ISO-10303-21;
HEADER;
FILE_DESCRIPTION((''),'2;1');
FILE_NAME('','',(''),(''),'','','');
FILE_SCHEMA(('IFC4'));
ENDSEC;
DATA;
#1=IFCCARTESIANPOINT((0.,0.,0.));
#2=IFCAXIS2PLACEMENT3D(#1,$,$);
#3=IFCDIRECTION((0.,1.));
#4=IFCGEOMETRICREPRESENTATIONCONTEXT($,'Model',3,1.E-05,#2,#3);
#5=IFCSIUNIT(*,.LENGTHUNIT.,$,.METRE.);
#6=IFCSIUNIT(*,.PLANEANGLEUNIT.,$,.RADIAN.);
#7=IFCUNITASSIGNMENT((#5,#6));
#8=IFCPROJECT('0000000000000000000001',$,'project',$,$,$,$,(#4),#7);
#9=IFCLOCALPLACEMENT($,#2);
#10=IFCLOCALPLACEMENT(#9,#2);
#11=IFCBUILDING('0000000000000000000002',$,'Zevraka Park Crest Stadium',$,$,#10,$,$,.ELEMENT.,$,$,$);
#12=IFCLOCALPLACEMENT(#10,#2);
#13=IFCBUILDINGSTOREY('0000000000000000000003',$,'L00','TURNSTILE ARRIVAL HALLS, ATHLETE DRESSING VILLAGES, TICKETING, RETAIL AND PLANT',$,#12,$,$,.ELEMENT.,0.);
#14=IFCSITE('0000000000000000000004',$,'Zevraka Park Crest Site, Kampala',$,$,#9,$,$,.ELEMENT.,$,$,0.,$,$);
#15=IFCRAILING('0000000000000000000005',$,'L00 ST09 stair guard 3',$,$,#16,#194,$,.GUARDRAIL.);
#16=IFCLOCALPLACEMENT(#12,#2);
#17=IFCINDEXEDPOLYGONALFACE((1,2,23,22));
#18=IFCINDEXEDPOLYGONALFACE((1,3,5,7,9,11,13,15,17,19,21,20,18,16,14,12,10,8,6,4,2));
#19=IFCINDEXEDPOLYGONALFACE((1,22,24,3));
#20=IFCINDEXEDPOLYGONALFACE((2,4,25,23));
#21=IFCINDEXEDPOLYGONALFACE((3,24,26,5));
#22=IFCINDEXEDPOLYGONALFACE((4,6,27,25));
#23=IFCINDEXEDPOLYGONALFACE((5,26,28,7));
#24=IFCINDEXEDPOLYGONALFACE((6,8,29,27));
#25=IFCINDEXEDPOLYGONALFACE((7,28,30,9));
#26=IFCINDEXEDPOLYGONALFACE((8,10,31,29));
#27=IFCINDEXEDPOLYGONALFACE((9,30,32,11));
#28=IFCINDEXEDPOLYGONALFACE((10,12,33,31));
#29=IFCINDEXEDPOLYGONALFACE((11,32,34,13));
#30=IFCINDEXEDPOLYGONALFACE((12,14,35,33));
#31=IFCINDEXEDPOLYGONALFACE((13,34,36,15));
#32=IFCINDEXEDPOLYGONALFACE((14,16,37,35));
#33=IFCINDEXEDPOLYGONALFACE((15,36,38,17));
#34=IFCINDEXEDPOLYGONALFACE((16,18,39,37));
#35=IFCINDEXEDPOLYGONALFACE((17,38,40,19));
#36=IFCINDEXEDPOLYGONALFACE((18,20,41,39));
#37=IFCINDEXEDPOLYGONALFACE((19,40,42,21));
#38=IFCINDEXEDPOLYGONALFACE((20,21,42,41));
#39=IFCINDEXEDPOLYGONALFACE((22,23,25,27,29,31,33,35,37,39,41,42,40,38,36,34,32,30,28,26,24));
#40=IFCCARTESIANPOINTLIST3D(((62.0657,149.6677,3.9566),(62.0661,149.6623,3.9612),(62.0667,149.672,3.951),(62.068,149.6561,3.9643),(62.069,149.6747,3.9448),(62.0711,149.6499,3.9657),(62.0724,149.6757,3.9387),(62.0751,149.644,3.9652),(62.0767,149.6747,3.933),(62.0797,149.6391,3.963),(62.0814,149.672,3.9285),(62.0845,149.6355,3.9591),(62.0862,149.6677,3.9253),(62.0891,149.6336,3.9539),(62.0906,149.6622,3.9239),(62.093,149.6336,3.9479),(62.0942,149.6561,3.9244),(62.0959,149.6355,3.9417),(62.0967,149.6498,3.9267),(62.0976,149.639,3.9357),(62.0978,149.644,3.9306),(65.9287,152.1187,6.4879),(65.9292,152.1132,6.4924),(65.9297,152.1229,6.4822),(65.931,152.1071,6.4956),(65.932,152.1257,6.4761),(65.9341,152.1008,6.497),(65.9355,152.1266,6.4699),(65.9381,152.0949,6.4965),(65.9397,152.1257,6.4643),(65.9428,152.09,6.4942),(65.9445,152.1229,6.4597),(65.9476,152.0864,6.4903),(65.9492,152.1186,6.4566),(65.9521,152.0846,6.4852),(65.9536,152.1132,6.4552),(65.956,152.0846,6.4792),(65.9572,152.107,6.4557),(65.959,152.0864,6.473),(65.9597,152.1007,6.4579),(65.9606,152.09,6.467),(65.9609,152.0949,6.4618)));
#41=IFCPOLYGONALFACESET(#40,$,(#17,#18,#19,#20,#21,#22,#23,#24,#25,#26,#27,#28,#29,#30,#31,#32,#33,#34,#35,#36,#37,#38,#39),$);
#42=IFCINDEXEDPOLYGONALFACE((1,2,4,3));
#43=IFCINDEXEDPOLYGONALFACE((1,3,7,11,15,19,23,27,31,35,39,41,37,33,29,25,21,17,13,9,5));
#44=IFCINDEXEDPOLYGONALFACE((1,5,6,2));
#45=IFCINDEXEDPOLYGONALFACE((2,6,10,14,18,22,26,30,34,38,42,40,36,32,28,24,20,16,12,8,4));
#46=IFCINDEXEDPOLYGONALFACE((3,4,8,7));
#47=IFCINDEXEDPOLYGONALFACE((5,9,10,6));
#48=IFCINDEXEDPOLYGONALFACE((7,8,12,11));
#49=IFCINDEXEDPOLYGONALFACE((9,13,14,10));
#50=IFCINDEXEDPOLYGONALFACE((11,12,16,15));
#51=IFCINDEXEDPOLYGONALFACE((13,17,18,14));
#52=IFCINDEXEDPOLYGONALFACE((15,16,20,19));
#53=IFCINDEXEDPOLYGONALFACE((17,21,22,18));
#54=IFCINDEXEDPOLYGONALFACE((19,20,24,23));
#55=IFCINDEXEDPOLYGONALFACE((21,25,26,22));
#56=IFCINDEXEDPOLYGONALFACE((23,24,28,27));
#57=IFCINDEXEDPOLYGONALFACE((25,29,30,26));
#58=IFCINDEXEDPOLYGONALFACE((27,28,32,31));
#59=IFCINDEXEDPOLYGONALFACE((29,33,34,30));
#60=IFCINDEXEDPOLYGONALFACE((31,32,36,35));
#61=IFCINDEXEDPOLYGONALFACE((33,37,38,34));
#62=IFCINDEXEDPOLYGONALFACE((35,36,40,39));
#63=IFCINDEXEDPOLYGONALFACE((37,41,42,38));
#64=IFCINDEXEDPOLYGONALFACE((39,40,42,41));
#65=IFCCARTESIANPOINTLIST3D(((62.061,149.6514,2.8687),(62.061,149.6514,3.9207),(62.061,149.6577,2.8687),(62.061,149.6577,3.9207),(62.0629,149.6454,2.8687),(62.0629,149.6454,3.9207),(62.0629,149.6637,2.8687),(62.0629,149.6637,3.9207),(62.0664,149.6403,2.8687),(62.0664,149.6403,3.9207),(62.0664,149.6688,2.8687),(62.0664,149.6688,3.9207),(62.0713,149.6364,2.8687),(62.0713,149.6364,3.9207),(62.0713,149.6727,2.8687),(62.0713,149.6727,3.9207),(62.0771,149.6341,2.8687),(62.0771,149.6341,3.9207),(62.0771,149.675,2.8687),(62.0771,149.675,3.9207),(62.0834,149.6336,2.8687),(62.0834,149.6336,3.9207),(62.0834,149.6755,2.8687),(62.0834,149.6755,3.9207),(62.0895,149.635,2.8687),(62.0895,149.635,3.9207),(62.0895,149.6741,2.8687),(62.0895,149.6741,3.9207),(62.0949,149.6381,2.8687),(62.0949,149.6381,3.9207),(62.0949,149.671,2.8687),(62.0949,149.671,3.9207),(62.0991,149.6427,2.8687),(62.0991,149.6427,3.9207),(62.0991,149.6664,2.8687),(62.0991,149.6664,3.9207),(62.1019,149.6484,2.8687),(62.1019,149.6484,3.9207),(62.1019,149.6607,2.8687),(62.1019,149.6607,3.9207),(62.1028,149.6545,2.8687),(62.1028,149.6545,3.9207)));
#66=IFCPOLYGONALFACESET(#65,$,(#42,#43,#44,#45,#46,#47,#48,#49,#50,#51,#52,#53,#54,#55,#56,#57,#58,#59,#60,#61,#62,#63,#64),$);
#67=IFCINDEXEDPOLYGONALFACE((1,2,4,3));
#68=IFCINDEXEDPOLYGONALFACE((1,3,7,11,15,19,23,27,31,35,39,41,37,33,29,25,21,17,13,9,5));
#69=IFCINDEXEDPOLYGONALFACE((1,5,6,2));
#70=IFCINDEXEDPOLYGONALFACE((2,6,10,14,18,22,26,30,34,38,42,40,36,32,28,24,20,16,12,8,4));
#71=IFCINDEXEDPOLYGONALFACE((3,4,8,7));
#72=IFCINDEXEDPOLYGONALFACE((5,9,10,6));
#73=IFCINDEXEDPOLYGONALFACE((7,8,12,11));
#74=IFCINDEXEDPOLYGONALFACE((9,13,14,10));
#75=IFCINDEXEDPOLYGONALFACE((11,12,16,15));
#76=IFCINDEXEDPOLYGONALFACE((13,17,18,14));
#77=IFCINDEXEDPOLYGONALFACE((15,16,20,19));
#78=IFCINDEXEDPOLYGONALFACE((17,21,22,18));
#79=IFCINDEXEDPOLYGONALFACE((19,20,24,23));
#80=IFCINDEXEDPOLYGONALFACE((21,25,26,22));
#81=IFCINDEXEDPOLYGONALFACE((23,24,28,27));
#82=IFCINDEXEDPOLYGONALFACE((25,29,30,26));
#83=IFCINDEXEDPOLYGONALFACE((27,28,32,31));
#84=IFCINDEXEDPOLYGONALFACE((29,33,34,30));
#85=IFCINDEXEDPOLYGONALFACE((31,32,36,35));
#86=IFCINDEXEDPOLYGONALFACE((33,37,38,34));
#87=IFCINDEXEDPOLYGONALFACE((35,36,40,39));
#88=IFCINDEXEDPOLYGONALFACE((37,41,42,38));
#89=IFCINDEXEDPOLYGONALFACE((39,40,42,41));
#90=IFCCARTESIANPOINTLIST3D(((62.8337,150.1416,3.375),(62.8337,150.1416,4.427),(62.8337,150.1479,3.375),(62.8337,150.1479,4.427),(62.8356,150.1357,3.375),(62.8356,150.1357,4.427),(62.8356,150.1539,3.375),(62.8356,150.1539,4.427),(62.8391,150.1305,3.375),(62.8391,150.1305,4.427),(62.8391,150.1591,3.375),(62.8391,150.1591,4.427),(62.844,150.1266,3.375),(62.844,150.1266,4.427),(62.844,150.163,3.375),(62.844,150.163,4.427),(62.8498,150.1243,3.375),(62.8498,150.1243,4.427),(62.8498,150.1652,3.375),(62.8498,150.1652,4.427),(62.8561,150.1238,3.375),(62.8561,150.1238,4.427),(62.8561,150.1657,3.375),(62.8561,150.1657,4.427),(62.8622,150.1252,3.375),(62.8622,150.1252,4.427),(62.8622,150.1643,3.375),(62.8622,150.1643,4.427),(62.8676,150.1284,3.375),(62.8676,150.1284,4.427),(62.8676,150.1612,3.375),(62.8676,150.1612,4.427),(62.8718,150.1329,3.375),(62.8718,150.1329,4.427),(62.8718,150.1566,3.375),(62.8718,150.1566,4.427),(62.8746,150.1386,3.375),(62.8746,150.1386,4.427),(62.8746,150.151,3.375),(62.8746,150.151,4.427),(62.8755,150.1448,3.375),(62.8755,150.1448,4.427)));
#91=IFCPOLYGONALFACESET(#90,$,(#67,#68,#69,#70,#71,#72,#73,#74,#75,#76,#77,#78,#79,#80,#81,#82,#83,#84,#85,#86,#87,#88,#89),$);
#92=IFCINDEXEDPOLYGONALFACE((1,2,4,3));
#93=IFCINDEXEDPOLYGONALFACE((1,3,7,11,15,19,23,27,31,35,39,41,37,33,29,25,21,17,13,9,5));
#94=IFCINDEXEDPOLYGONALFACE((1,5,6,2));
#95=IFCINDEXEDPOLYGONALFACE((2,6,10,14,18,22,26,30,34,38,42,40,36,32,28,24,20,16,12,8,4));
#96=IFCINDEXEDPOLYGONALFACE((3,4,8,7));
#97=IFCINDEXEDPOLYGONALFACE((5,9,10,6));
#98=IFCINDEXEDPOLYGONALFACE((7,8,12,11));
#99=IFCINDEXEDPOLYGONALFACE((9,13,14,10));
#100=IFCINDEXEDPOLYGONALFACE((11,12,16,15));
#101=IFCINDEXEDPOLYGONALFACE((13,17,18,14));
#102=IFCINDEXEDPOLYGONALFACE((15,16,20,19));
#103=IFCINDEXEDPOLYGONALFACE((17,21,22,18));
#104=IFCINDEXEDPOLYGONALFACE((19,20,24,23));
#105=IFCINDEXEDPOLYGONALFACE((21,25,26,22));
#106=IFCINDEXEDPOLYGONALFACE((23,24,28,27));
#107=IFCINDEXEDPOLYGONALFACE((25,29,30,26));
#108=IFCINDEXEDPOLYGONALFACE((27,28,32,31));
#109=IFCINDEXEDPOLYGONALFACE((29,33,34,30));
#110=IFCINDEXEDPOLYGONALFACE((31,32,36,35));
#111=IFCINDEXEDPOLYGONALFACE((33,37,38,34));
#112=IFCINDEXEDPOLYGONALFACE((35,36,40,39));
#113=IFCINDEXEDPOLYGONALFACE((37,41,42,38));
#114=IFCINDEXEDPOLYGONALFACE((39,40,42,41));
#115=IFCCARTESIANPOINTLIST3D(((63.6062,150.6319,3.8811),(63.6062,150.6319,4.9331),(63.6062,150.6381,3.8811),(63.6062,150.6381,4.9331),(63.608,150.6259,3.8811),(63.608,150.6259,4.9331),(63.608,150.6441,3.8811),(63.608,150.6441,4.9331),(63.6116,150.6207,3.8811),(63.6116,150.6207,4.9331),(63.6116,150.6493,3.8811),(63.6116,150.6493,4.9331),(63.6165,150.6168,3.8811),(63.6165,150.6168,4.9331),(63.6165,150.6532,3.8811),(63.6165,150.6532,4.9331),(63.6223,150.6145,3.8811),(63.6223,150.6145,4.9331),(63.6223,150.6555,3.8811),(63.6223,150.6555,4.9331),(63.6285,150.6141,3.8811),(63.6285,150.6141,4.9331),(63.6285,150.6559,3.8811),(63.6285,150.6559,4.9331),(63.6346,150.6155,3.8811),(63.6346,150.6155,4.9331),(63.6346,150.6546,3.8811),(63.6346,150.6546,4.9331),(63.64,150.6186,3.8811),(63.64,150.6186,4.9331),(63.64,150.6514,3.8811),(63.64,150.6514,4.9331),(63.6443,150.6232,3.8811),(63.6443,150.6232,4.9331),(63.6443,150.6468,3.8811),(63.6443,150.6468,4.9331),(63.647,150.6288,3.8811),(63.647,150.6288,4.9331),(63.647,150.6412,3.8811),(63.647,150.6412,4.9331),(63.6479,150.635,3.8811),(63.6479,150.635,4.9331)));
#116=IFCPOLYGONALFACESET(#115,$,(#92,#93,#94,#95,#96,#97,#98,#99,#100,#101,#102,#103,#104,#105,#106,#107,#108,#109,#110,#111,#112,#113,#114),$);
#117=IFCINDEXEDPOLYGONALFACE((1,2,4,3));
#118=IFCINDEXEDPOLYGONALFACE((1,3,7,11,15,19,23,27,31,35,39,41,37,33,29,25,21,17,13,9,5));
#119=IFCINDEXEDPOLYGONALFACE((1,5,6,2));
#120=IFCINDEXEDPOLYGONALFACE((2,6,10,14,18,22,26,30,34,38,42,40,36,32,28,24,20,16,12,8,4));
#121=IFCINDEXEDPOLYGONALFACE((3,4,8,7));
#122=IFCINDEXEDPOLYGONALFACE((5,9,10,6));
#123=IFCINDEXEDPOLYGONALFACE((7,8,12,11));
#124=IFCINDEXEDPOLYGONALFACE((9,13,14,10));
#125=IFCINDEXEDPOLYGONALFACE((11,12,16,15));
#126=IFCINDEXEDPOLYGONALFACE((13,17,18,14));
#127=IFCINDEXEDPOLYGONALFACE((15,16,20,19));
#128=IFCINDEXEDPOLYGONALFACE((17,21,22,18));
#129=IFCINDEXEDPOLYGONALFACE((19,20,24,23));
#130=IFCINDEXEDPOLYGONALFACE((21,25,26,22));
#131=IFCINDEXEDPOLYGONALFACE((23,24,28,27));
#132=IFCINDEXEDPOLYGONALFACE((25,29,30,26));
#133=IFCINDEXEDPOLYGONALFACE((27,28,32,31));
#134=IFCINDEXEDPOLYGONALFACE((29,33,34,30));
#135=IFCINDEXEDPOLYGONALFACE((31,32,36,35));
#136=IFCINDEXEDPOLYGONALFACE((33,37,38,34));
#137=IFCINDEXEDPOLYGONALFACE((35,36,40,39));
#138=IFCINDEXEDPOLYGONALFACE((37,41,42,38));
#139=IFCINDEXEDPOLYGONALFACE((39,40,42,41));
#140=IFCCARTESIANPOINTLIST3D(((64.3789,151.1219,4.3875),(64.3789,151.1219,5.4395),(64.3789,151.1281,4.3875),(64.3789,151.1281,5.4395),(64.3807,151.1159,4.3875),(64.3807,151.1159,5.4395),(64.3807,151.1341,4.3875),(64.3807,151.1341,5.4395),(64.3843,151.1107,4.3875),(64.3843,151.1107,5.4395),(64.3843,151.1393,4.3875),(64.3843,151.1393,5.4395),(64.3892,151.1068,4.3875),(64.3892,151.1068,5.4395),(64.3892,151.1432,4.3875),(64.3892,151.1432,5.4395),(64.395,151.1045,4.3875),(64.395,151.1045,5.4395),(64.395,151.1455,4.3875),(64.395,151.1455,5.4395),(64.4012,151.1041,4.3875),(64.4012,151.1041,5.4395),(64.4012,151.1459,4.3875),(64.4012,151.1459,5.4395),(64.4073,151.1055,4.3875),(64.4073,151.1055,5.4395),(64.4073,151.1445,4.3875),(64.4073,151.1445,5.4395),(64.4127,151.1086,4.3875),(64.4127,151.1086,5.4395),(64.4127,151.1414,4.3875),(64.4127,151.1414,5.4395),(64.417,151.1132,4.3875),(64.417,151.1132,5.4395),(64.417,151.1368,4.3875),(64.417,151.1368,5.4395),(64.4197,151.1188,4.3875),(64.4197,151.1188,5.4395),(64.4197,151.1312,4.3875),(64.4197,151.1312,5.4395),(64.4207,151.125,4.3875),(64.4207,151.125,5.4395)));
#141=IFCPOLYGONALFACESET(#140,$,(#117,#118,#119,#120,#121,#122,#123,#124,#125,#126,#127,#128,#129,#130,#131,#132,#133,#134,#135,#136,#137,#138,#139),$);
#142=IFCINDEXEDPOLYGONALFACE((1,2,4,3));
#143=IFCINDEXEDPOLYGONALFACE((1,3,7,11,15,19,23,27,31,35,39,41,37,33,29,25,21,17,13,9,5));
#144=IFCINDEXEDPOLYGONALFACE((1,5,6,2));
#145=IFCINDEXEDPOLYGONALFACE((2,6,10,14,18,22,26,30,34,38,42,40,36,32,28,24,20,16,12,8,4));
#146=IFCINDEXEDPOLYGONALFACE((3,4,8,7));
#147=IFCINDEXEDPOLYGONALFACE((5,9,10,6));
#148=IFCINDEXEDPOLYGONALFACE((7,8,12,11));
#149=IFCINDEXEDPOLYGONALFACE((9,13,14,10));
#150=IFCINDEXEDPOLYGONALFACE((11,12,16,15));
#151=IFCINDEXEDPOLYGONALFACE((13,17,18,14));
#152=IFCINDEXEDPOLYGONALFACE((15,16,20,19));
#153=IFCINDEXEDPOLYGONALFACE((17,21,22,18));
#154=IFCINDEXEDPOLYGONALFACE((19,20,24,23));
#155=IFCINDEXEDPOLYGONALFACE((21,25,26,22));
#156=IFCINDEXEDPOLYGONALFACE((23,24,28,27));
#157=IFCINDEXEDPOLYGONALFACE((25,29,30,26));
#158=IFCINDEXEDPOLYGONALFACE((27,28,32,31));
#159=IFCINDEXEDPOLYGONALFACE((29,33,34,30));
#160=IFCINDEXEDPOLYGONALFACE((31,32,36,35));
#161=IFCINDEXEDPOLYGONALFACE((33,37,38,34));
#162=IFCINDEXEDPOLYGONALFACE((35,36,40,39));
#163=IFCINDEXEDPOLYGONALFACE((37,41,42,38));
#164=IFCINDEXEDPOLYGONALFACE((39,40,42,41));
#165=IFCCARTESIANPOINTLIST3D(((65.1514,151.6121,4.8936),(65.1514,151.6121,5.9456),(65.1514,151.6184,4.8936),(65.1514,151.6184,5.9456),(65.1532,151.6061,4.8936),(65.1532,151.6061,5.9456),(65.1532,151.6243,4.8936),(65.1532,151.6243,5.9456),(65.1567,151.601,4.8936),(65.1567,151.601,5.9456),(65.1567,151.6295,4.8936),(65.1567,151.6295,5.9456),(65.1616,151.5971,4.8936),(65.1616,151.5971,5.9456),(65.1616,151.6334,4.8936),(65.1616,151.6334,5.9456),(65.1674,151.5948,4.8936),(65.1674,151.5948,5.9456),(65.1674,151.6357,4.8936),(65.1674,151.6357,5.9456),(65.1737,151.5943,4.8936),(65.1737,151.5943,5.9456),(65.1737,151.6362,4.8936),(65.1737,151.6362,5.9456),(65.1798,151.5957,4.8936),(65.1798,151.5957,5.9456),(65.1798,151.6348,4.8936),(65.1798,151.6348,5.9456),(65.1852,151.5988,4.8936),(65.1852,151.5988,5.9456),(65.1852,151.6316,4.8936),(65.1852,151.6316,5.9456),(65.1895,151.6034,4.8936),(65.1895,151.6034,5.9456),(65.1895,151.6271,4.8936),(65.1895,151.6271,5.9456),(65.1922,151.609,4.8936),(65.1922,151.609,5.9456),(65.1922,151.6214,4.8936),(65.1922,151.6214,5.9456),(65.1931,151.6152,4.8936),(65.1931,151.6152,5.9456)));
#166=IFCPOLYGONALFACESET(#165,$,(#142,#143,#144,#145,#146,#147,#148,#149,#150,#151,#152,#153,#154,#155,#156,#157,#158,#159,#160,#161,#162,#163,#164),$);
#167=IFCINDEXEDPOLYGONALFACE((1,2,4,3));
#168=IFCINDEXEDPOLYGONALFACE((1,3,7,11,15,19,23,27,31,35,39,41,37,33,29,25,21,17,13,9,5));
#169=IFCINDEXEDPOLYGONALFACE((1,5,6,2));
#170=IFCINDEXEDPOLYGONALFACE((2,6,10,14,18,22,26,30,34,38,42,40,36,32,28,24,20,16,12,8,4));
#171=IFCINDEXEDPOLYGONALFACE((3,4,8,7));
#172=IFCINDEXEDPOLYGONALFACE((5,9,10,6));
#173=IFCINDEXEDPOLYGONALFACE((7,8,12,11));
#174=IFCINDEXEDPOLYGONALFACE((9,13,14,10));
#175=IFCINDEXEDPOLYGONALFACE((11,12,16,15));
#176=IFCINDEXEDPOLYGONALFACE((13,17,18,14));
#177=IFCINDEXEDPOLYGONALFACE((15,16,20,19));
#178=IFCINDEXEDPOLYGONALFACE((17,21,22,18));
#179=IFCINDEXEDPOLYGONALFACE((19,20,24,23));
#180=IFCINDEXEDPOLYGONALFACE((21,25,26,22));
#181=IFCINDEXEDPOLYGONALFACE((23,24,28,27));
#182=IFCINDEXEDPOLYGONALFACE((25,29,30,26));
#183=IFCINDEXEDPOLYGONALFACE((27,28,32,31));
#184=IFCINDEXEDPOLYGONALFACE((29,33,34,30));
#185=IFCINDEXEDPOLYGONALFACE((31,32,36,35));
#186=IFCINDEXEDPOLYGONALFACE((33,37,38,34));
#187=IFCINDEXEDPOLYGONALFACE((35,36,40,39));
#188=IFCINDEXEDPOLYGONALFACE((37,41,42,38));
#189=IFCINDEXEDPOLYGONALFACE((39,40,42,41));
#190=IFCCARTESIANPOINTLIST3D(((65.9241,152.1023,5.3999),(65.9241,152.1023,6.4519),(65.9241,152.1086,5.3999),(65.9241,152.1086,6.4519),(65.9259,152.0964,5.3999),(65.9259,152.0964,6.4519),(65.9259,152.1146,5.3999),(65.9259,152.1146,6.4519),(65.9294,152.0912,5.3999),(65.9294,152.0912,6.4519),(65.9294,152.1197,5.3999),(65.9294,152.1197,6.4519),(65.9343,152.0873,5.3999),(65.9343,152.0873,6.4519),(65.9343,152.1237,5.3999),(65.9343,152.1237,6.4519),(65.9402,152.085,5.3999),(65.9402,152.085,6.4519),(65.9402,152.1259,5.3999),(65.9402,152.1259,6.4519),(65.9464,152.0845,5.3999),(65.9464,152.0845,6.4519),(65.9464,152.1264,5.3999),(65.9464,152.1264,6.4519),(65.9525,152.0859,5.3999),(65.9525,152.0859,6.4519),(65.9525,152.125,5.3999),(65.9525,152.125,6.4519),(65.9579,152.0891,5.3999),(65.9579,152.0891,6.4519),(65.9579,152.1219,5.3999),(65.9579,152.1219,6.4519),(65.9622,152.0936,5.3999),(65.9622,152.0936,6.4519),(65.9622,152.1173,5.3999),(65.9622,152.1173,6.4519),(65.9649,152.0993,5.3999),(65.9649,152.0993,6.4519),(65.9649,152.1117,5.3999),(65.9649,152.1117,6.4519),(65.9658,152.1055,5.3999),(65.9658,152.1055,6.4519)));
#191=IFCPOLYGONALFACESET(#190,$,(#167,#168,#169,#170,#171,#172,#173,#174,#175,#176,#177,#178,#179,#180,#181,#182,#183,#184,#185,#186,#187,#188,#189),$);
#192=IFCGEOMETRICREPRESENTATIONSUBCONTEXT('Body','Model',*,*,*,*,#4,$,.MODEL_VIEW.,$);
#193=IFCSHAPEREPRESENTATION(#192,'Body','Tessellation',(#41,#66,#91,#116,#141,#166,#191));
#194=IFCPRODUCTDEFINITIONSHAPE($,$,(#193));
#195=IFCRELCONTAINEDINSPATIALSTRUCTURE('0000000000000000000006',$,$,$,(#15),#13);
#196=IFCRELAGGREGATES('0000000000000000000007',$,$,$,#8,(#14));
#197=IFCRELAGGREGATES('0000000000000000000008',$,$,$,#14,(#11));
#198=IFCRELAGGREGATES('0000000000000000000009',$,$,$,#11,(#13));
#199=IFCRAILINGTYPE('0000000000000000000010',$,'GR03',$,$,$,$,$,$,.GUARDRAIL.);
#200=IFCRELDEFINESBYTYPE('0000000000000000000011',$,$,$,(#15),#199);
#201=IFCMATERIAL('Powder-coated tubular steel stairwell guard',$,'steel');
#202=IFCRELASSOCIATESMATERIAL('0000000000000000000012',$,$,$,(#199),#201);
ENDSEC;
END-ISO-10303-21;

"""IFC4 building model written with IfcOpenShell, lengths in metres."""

from ifc_helpers import new_model, si_unit, direction, frame, origin, origin_2d, place, context, subcontext, project, spatial, circle, extrude, material, type_object, element, save


model = new_model("IFC4")

# Units and contexts
model_context = context("Model", 3, precision=1e-05, world=origin(), true_north=direction((0.0, 1.0)))
body_context = subcontext(model_context, "Body", "Model", "MODEL_VIEW")
ifc_project = project(units=[si_unit("LENGTHUNIT", "METRE"), si_unit("PLANEANGLEUNIT", "RADIAN")], contexts=[model_context])

# Site, building, storey
site_placement = place(None, origin())
site = spatial("IfcSite", under=ifc_project, at=site_placement, Name="Zevraka Park Crest Site, Kampala", CompositionType="ELEMENT", RefElevation=0.0)
building_placement = place(site_placement, origin())
building = spatial("IfcBuilding", under=site, at=building_placement, Name="Zevraka Park Crest Stadium", CompositionType="ELEMENT")
storey_placement = place(building_placement, origin())
storey = spatial("IfcBuildingStorey", under=building, at=storey_placement, Name="L00", Description="TURNSTILE ARRIVAL HALLS, ATHLETE DRESSING VILLAGES, TICKETING, RETAIL AND PLANT", CompositionType="ELEMENT", Elevation=0.0)

# Railing
ifc_material_1 = material(Name="Powder-coated tubular steel stairwell guard", Category="steel")
railing_type_1 = type_object("IfcRailingType", Name="GR03", PredefinedType="GUARDRAIL", material=ifc_material_1)
railing_1_placement = place(storey_placement, frame((62.0818, 149.6545, 2.8687)))
element("IfcRailing", 1, at=railing_1_placement, inside=storey, type_object=railing_type_1, Name="L00 ST09 stair guard 3", PredefinedType="GUARDRAIL", context=body_context, shape_type="SweptSolid", body=[
    extrude(circle(Radius=0.0239, at=origin_2d()), frame((0.0, 0.0, 1.0762), z_axis=(0.738841, 0.468762, 0.484124), x_axis=(-0.535729, 0.84439, 0.0)), (0.0, 0.0, 1.0), 5.2285),
    extrude(circle(Radius=0.021, at=origin_2d()), origin(), (0.0, 0.0, 1.0), 1.052),
    extrude(circle(Radius=0.021, at=origin_2d()), frame((0.7727, 0.4902, 0.5063)), (0.0, 0.0, 1.0), 1.052),
    extrude(circle(Radius=0.021, at=origin_2d()), frame((1.5452, 0.9805, 1.0125)), (0.0, 0.0, 1.0), 1.052),
    extrude(circle(Radius=0.021, at=origin_2d()), frame((2.3179, 1.4705, 1.5188)), (0.0, 0.0, 1.0), 1.052),
    extrude(circle(Radius=0.021, at=origin_2d()), frame((3.0903, 1.9607, 2.0249)), (0.0, 0.0, 1.0), 1.052),
    extrude(circle(Radius=0.021, at=origin_2d()), frame((3.863, 2.4509, 2.5312)), (0.0, 0.0, 1.0), 1.052),
])

save(model, "model.ifc")
